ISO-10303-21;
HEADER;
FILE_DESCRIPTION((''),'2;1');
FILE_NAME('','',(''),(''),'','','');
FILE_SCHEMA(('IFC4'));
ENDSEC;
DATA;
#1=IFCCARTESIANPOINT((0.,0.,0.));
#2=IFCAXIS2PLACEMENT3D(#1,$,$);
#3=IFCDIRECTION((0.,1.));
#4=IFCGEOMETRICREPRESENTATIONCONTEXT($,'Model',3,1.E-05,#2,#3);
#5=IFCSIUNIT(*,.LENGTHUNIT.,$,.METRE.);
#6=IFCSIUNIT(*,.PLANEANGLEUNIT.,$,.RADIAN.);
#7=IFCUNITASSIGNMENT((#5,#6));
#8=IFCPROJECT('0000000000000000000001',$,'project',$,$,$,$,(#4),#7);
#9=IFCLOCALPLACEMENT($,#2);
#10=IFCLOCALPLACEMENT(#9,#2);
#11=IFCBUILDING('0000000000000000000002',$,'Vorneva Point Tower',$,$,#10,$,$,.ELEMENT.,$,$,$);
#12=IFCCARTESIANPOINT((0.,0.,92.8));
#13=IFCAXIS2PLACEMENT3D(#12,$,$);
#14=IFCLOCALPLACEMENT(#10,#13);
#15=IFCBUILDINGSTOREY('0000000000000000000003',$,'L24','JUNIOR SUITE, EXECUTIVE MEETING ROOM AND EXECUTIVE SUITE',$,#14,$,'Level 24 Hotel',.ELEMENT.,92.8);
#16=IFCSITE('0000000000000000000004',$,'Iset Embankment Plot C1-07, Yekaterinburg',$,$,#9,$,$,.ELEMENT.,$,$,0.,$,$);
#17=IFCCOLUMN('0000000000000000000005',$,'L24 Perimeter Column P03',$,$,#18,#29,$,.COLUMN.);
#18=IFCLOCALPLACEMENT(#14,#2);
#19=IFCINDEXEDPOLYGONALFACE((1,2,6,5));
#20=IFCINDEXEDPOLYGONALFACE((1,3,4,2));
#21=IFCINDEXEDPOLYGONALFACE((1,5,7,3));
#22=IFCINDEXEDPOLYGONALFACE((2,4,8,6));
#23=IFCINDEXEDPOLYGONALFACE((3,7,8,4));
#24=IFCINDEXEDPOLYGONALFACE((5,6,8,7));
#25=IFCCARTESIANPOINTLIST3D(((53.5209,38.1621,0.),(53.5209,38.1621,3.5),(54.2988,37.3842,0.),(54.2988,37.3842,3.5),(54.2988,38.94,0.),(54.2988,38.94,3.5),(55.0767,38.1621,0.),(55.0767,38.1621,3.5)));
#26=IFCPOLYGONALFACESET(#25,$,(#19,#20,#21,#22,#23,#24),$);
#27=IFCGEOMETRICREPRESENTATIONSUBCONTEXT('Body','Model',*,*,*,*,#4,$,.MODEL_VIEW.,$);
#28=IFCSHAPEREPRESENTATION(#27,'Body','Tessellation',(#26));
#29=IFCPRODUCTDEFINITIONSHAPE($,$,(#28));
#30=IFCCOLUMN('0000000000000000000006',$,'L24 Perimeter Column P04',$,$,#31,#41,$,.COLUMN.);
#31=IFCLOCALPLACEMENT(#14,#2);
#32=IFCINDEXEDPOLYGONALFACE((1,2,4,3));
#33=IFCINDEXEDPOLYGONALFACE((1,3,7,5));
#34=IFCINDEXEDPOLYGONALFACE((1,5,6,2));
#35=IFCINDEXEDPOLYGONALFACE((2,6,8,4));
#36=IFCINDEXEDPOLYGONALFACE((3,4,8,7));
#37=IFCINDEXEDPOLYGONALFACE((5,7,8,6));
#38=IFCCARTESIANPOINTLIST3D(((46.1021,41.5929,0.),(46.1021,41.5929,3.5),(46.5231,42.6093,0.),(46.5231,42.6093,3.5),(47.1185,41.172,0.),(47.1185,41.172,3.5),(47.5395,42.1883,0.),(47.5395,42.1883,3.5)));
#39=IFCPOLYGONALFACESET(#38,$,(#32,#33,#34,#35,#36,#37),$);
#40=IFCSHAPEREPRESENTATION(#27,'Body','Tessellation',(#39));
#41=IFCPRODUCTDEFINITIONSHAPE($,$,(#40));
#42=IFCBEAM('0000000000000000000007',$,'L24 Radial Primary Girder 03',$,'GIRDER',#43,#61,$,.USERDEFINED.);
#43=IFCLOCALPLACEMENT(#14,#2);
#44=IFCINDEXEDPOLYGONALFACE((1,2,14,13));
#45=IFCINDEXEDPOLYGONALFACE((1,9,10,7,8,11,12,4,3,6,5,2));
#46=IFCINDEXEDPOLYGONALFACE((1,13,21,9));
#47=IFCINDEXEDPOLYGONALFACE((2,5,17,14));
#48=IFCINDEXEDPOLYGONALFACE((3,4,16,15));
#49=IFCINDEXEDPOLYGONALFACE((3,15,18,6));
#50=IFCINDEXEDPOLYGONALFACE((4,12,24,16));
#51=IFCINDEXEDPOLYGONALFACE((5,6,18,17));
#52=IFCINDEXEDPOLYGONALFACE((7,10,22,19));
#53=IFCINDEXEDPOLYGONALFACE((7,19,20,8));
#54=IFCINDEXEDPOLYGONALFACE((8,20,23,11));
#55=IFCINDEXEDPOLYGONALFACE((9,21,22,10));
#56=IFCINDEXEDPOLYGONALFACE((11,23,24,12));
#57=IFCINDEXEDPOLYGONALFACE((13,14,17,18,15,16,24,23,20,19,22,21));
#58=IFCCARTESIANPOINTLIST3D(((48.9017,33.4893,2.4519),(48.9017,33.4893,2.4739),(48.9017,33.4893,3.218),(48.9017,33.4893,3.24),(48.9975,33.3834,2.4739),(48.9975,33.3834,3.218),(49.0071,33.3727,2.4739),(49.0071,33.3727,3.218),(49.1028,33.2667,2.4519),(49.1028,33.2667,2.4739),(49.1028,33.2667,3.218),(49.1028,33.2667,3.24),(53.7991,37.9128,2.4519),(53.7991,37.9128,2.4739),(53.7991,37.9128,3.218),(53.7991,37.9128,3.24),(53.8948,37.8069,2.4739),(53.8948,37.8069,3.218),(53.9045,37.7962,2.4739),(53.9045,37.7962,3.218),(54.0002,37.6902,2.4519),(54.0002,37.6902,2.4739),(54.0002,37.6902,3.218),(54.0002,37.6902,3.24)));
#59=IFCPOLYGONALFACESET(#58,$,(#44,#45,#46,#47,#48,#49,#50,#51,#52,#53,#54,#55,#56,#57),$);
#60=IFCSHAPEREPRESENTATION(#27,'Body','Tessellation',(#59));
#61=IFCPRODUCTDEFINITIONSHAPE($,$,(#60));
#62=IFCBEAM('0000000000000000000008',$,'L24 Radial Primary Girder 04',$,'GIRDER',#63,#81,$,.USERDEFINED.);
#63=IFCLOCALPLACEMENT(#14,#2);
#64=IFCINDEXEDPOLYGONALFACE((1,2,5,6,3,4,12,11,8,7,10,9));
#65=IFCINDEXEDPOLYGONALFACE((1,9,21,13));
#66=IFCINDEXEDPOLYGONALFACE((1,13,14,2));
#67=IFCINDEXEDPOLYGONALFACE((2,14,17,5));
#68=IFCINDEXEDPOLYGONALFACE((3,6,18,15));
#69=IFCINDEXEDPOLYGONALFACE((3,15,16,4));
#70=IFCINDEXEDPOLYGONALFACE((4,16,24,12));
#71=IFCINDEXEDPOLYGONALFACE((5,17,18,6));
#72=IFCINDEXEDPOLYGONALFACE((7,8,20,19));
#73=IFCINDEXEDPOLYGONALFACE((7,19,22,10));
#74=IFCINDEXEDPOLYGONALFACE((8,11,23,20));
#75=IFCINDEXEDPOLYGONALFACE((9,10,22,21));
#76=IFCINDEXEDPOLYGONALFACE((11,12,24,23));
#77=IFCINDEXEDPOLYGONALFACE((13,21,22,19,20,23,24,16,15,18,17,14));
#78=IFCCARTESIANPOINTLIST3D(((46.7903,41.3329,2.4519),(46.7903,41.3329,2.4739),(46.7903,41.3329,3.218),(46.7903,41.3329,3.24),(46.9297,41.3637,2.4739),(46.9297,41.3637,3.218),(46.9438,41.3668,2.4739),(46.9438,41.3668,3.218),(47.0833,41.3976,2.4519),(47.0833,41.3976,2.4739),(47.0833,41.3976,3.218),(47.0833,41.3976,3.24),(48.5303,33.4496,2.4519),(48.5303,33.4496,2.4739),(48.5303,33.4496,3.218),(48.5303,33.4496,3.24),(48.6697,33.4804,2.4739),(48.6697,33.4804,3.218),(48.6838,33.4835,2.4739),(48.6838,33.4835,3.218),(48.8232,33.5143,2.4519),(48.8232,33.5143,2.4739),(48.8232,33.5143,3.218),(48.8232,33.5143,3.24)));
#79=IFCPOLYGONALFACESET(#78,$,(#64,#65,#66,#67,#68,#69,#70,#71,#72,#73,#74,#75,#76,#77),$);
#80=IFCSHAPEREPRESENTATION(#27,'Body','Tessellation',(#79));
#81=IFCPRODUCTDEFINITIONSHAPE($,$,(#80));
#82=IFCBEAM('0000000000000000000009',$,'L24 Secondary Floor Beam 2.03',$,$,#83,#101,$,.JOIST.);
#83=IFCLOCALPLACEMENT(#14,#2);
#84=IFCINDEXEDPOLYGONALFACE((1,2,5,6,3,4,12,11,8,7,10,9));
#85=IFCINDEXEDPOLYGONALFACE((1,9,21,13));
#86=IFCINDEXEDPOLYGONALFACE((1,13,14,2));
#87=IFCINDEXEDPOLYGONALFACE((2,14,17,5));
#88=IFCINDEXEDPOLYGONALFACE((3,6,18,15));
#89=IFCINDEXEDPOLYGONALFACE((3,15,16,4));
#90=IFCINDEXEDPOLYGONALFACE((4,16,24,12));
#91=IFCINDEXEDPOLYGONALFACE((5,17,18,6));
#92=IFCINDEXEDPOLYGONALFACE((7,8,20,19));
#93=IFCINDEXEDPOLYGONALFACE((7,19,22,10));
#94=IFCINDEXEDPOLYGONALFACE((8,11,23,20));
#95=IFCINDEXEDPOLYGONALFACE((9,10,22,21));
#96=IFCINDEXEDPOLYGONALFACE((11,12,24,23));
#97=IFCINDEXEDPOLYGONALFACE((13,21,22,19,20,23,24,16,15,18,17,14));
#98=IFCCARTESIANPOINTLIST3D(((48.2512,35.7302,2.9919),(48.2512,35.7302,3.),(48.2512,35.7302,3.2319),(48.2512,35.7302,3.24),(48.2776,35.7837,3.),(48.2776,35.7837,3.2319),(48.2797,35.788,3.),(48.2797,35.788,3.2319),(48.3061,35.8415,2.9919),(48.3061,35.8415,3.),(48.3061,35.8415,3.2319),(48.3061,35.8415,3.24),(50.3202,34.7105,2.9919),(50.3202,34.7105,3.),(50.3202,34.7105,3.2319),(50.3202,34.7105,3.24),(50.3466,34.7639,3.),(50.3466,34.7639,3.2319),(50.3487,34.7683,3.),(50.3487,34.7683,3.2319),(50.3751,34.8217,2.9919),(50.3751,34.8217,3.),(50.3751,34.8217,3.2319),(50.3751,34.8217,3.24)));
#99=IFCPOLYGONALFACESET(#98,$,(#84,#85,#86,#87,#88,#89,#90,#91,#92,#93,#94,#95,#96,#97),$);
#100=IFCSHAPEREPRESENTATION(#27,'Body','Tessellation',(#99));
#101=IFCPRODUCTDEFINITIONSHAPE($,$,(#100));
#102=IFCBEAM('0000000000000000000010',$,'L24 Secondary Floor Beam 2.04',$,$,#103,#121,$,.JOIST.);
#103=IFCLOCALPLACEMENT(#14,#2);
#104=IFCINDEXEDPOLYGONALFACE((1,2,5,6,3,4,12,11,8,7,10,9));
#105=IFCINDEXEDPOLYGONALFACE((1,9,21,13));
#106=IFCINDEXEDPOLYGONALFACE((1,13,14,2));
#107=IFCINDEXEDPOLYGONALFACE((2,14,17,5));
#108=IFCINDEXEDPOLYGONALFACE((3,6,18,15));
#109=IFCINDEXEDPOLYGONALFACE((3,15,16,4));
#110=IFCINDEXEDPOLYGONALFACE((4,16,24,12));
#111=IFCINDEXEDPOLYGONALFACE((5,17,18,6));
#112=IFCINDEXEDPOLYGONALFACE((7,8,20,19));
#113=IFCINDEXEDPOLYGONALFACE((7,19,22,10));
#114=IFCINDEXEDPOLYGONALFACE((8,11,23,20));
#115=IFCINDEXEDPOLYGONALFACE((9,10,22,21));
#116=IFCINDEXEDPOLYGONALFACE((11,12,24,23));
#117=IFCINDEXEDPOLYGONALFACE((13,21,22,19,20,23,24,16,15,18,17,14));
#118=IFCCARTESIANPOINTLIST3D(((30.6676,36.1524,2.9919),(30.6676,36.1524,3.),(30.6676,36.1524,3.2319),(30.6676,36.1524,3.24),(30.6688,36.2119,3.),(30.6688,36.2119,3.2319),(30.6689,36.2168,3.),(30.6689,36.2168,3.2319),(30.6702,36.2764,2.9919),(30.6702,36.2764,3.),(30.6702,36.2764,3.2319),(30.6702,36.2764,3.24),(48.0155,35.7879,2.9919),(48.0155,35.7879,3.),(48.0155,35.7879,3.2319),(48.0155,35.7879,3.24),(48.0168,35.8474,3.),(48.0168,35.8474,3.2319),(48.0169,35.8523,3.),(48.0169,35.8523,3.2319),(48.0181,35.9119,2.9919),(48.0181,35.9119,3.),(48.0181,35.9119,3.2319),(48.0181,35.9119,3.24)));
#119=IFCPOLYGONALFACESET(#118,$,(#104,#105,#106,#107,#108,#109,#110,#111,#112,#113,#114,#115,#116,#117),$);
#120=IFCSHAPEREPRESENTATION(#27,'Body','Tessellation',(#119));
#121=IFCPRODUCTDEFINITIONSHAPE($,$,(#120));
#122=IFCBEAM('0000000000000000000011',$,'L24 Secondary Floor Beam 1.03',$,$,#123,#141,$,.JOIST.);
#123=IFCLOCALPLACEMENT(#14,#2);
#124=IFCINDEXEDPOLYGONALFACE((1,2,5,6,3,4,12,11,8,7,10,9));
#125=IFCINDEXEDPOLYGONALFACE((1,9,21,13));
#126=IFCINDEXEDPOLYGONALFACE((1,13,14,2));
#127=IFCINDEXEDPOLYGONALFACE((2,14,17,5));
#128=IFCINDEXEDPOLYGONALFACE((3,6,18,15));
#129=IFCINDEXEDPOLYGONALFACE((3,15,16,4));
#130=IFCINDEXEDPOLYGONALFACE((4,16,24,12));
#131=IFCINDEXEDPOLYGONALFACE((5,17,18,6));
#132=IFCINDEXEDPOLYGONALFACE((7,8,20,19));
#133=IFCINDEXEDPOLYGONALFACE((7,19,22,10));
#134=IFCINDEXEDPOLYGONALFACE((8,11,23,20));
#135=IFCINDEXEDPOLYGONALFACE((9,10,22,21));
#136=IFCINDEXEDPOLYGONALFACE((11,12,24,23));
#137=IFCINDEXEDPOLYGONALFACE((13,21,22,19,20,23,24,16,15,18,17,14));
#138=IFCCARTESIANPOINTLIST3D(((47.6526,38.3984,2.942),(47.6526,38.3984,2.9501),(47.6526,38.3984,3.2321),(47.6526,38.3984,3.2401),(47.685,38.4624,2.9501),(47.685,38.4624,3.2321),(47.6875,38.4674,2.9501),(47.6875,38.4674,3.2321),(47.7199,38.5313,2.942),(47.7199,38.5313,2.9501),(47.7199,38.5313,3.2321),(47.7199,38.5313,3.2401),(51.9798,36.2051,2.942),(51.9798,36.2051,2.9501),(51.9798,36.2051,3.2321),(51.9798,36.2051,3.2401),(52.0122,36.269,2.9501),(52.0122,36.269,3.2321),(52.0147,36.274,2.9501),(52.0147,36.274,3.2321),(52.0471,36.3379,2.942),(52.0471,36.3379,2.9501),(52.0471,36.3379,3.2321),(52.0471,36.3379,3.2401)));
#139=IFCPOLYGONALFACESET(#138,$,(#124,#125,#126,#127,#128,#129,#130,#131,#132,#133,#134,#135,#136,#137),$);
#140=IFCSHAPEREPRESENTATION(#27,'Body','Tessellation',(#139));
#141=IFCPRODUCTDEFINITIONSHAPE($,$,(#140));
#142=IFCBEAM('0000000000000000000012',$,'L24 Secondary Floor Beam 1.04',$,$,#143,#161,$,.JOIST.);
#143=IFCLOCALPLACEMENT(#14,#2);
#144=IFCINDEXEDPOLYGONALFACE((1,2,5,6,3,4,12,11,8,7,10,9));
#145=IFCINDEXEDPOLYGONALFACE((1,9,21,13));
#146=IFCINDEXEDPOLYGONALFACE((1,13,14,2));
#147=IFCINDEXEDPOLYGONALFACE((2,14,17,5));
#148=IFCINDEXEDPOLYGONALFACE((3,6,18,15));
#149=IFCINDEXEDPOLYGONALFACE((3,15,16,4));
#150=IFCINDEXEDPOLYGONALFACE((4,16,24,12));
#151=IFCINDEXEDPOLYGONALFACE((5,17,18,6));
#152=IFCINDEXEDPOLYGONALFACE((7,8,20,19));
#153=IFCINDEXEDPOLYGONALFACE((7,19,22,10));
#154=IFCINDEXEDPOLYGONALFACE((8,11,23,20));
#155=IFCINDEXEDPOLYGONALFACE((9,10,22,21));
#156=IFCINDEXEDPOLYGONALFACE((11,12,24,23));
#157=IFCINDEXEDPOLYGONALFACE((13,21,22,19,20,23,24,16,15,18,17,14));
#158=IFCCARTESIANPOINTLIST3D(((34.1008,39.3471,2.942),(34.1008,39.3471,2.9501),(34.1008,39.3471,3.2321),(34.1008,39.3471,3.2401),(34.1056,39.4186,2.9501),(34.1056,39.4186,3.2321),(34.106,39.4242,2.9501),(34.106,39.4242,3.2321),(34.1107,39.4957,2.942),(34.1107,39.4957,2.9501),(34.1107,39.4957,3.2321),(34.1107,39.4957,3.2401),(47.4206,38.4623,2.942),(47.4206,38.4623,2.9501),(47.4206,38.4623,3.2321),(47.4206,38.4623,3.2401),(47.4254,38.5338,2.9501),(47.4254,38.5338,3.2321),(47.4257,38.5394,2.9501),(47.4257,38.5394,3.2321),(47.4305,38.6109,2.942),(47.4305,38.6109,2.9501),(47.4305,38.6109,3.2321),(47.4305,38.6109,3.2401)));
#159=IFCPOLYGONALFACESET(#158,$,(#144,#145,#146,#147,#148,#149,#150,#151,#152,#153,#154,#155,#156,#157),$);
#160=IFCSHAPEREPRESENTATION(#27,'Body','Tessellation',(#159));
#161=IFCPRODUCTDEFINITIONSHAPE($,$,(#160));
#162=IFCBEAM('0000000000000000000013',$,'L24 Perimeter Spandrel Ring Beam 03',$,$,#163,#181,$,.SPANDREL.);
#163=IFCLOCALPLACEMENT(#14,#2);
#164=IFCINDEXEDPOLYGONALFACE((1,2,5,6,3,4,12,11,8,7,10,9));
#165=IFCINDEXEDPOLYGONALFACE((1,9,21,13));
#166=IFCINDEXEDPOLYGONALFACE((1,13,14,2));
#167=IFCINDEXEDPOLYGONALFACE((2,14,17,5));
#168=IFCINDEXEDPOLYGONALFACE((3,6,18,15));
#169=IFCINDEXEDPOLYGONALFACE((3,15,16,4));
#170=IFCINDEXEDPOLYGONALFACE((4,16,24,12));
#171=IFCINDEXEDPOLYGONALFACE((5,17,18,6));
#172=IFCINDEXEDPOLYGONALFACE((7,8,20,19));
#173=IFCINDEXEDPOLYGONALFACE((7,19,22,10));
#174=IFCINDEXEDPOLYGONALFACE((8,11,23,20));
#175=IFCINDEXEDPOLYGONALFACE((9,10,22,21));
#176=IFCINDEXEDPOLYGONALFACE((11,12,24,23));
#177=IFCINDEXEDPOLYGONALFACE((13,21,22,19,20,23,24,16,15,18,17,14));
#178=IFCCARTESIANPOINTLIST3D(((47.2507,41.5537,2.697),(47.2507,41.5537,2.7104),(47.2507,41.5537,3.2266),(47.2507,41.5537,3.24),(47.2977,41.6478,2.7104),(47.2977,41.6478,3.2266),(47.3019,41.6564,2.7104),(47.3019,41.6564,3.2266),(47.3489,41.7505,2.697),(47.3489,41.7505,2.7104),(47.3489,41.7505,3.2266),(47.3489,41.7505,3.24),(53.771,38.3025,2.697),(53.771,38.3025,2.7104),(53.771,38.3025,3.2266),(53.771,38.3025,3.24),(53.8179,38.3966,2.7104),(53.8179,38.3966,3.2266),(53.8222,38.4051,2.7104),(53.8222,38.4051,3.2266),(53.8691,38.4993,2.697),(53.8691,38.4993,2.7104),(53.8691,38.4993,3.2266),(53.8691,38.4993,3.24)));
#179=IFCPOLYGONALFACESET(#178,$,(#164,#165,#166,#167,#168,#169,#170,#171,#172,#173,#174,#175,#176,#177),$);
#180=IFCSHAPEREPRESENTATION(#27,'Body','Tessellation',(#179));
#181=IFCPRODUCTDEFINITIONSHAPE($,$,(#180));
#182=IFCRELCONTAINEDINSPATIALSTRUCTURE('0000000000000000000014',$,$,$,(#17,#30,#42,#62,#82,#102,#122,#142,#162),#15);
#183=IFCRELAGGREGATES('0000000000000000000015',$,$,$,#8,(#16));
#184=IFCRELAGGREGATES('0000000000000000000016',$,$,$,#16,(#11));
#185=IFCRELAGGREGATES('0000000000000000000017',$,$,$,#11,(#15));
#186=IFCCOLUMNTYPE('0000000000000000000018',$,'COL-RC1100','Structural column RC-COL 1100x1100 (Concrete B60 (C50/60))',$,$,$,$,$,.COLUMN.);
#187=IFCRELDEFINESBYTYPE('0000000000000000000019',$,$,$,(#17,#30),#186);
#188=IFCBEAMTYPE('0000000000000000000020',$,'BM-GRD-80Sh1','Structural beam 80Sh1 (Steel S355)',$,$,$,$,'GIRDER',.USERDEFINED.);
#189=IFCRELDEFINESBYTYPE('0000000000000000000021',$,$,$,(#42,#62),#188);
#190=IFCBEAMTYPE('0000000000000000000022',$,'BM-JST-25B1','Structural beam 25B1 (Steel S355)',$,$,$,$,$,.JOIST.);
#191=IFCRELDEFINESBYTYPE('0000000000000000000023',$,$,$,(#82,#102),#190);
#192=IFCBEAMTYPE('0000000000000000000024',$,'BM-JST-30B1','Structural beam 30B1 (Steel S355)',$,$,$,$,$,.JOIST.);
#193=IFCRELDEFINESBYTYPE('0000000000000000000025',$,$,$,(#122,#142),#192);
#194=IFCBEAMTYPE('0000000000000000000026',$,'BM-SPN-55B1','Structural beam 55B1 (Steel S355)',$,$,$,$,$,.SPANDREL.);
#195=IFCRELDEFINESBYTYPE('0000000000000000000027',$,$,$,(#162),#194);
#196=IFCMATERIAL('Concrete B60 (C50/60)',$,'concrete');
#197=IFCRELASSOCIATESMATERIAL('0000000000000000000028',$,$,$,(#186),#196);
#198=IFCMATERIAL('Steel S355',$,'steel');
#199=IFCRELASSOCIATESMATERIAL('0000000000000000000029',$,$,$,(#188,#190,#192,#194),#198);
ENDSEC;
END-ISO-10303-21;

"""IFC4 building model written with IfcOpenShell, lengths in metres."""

from ifc_helpers import new_model, si_unit, direction, frame, origin, origin_2d, place, context, subcontext, project, spatial, rectangle, i_section, extrude, material, material_profile, profile_set, type_object, element, save


model = new_model("IFC4")

# Units and contexts
model_context = context("Model", 3, precision=1e-05, world=origin(), true_north=direction((0.0, 1.0)))
body_context = subcontext(model_context, "Body", "Model", "MODEL_VIEW")
ifc_project = project(units=[si_unit("LENGTHUNIT", "METRE"), si_unit("PLANEANGLEUNIT", "RADIAN")], contexts=[model_context])

# Site, building, storey
site_placement = place(None, origin())
site = spatial("IfcSite", under=ifc_project, at=site_placement, Name="Iset Embankment Plot C1-07, Yekaterinburg", CompositionType="ELEMENT", RefElevation=0.0)
building_placement = place(site_placement, origin())
building = spatial("IfcBuilding", under=site, at=building_placement, Name="Vorneva Point Tower", CompositionType="ELEMENT")
storey_placement = place(building_placement, frame((0.0, 0.0, 92.8)))
storey = spatial("IfcBuildingStorey", under=building, at=storey_placement, Name="L24", Description="JUNIOR SUITE, EXECUTIVE MEETING ROOM AND EXECUTIVE SUITE", LongName="Level 24 Hotel", CompositionType="ELEMENT", Elevation=92.8)

# Columns
ifc_material_1 = material(Name="Concrete B60 (C50/60)", Category="concrete")
ifc_material_profile_1 = material_profile(ifc_material_1, rectangle(XDim=1.1001, YDim=1.1001, at=origin_2d()), Name="RC-COL 1100x1100")
ifc_profile_set_1 = profile_set([ifc_material_profile_1], Name="Concrete B60 (C50/60)")
column_type = type_object("IfcColumnType", Name="COL-RC1100", Description="Structural column RC-COL 1100x1100 (Concrete B60 (C50/60))", PredefinedType="COLUMN", material=ifc_profile_set_1)
for number, where, z_axis, x_axis, name in (
    (1, (54.2988, 38.1621, 0.0), (0.0, 0.0, 1.0), (0.707107, 0.707107, 0.0), "L24 Perimeter Column P03"),
    (2, (46.8208, 41.8906, 0.0), (0.0, 0.0, 1.0), (0.382683, 0.92388, 0.0), "L24 Perimeter Column P04"),
):
    element("IfcColumn", number, at=place(storey_placement, frame(where, z_axis=z_axis, x_axis=x_axis)), inside=storey, type_object=column_type, Name=name, PredefinedType="COLUMN", context=body_context, shape_type="SweptSolid", body=[
        extrude(rectangle(XDim=1.1001, YDim=1.1001, at=origin_2d()), origin(), (0.0, 0.0, 1.0), 3.5),
    ])

# Beams
ifc_material_2 = material(Name="Steel S355", Category="steel")
ifc_material_profile_2 = material_profile(ifc_material_2, i_section(OverallWidth=0.3, OverallDepth=0.7881, WebThickness=0.0144, FlangeThickness=0.022, at=origin_2d()), Name="80Sh1")
ifc_profile_set_2 = profile_set([ifc_material_profile_2], Name="Steel S355")
beam_type_1 = type_object("IfcBeamType", Name="BM-GRD-80Sh1", Description="Structural beam 80Sh1 (Steel S355)", ElementType="GIRDER", PredefinedType="USERDEFINED", material=ifc_profile_set_2)
beam_1_placement = place(storey_placement, frame((53.8997, 37.8015, 2.8459), z_axis=(-0.742097, -0.670292, 0.0), x_axis=(0.670292, -0.742097, 0.0)))
element("IfcBeam", 3, at=beam_1_placement, inside=storey, type_object=beam_type_1, Name="L24 Radial Primary Girder 03", ObjectType="GIRDER", PredefinedType="USERDEFINED", context=body_context, shape_type="SweptSolid", body=[
    extrude(i_section(OverallWidth=0.3, OverallDepth=0.7881, WebThickness=0.0144, FlangeThickness=0.022, at=origin_2d()), origin(), (0.0, 0.0, 1.0), 6.5994),
])
beam_2_placement = place(storey_placement, frame((46.9368, 41.3652, 2.8459), z_axis=(0.215531, -0.976497, 0.0), x_axis=(0.976497, 0.215531, 0.0)))
element("IfcBeam", 4, at=beam_2_placement, inside=storey, type_object=beam_type_1, Name="L24 Radial Primary Girder 04", ObjectType="GIRDER", PredefinedType="USERDEFINED", context=body_context, shape_type="SweptSolid", body=[
    extrude(i_section(OverallWidth=0.3, OverallDepth=0.7881, WebThickness=0.0144, FlangeThickness=0.022, at=origin_2d()), origin(), (0.0, 0.0, 1.0), 8.073),
])
ifc_material_profile_3 = material_profile(ifc_material_2, i_section(OverallWidth=0.124, OverallDepth=0.248, WebThickness=0.0049, FlangeThickness=0.0081, at=origin_2d()), Name="25B1")
ifc_profile_set_3 = profile_set([ifc_material_profile_3], Name="Steel S355")
beam_type_2 = type_object("IfcBeamType", Name="BM-JST-25B1", Description="Structural beam 25B1 (Steel S355)", PredefinedType="JOIST", material=ifc_profile_set_3)
beam_3_placement = place(storey_placement, frame((50.3477, 34.7661, 3.116), z_axis=(-0.896974, 0.442084, 0.0), x_axis=(-0.442084, -0.896974, 0.0)))
element("IfcBeam", 5, at=beam_3_placement, inside=storey, type_object=beam_type_2, Name="L24 Secondary Floor Beam 2.03", PredefinedType="JOIST", context=body_context, shape_type="SweptSolid", body=[
    extrude(i_section(OverallWidth=0.124, OverallDepth=0.248, WebThickness=0.0049, FlangeThickness=0.0081, at=origin_2d()), origin(), (0.0, 0.0, 1.0), 2.3066),
])
beam_4_placement = place(storey_placement, frame((48.0168, 35.8499, 3.116), z_axis=(-0.999779, 0.021007, 0.0), x_axis=(-0.021007, -0.999779, 0.0)))
element("IfcBeam", 6, at=beam_4_placement, inside=storey, type_object=beam_type_2, Name="L24 Secondary Floor Beam 2.04", PredefinedType="JOIST", context=body_context, shape_type="SweptSolid", body=[
    extrude(i_section(OverallWidth=0.124, OverallDepth=0.248, WebThickness=0.0049, FlangeThickness=0.0081, at=origin_2d()), origin(), (0.0, 0.0, 1.0), 17.3518),
])
ifc_material_profile_4 = material_profile(ifc_material_2, i_section(OverallWidth=0.1489, OverallDepth=0.2981, WebThickness=0.0056, FlangeThickness=0.0081, at=origin_2d()), Name="30B1")
ifc_profile_set_4 = profile_set([ifc_material_profile_4], Name="Steel S355")
beam_type_3 = type_object("IfcBeamType", Name="BM-JST-30B1", Description="Structural beam 30B1 (Steel S355)", PredefinedType="JOIST", material=ifc_profile_set_4)
beam_5_placement = place(storey_placement, frame((52.0134, 36.2715, 3.0911), z_axis=(-0.891958, 0.452119, 0.0), x_axis=(-0.452119, -0.891958, 0.0)))
element("IfcBeam", 7, at=beam_5_placement, inside=storey, type_object=beam_type_3, Name="L24 Secondary Floor Beam 1.03", PredefinedType="JOIST", context=body_context, shape_type="SweptSolid", body=[
    extrude(i_section(OverallWidth=0.1489, OverallDepth=0.2981, WebThickness=0.0056, FlangeThickness=0.0081, at=origin_2d()), origin(), (0.0, 0.0, 1.0), 4.8513),
])
beam_6_placement = place(storey_placement, frame((47.4255, 38.5366, 3.0911), z_axis=(-0.997801, 0.066279, 0.0), x_axis=(-0.066279, -0.997801, 0.0)))
element("IfcBeam", 8, at=beam_6_placement, inside=storey, type_object=beam_type_3, Name="L24 Secondary Floor Beam 1.04", PredefinedType="JOIST", context=body_context, shape_type="SweptSolid", body=[
    extrude(i_section(OverallWidth=0.1489, OverallDepth=0.2981, WebThickness=0.0056, FlangeThickness=0.0081, at=origin_2d()), origin(), (0.0, 0.0, 1.0), 13.3491),
])
ifc_material_profile_5 = material_profile(ifc_material_2, i_section(OverallWidth=0.22, OverallDepth=0.543, WebThickness=0.0095, FlangeThickness=0.0134, at=origin_2d()), Name="55B1")
ifc_profile_set_5 = profile_set([ifc_material_profile_5], Name="Steel S355")
beam_type_4 = type_object("IfcBeamType", Name="BM-SPN-55B1", Description="Structural beam 55B1 (Steel S355)", PredefinedType="SPANDREL", material=ifc_profile_set_5)
beam_7_placement = place(storey_placement, frame((53.8201, 38.4009, 2.9685), z_axis=(-0.894916, 0.446235, 0.0), x_axis=(-0.446235, -0.894916, 0.0)))
element("IfcBeam", 9, at=beam_7_placement, inside=storey, type_object=beam_type_4, Name="L24 Perimeter Spandrel Ring Beam 03", PredefinedType="SPANDREL", context=body_context, shape_type="SweptSolid", body=[
    extrude(i_section(OverallWidth=0.22, OverallDepth=0.543, WebThickness=0.0095, FlangeThickness=0.0134, at=origin_2d()), origin(), (0.0, 0.0, 1.0), 7.2859),
])

save(model, "model.ifc")
